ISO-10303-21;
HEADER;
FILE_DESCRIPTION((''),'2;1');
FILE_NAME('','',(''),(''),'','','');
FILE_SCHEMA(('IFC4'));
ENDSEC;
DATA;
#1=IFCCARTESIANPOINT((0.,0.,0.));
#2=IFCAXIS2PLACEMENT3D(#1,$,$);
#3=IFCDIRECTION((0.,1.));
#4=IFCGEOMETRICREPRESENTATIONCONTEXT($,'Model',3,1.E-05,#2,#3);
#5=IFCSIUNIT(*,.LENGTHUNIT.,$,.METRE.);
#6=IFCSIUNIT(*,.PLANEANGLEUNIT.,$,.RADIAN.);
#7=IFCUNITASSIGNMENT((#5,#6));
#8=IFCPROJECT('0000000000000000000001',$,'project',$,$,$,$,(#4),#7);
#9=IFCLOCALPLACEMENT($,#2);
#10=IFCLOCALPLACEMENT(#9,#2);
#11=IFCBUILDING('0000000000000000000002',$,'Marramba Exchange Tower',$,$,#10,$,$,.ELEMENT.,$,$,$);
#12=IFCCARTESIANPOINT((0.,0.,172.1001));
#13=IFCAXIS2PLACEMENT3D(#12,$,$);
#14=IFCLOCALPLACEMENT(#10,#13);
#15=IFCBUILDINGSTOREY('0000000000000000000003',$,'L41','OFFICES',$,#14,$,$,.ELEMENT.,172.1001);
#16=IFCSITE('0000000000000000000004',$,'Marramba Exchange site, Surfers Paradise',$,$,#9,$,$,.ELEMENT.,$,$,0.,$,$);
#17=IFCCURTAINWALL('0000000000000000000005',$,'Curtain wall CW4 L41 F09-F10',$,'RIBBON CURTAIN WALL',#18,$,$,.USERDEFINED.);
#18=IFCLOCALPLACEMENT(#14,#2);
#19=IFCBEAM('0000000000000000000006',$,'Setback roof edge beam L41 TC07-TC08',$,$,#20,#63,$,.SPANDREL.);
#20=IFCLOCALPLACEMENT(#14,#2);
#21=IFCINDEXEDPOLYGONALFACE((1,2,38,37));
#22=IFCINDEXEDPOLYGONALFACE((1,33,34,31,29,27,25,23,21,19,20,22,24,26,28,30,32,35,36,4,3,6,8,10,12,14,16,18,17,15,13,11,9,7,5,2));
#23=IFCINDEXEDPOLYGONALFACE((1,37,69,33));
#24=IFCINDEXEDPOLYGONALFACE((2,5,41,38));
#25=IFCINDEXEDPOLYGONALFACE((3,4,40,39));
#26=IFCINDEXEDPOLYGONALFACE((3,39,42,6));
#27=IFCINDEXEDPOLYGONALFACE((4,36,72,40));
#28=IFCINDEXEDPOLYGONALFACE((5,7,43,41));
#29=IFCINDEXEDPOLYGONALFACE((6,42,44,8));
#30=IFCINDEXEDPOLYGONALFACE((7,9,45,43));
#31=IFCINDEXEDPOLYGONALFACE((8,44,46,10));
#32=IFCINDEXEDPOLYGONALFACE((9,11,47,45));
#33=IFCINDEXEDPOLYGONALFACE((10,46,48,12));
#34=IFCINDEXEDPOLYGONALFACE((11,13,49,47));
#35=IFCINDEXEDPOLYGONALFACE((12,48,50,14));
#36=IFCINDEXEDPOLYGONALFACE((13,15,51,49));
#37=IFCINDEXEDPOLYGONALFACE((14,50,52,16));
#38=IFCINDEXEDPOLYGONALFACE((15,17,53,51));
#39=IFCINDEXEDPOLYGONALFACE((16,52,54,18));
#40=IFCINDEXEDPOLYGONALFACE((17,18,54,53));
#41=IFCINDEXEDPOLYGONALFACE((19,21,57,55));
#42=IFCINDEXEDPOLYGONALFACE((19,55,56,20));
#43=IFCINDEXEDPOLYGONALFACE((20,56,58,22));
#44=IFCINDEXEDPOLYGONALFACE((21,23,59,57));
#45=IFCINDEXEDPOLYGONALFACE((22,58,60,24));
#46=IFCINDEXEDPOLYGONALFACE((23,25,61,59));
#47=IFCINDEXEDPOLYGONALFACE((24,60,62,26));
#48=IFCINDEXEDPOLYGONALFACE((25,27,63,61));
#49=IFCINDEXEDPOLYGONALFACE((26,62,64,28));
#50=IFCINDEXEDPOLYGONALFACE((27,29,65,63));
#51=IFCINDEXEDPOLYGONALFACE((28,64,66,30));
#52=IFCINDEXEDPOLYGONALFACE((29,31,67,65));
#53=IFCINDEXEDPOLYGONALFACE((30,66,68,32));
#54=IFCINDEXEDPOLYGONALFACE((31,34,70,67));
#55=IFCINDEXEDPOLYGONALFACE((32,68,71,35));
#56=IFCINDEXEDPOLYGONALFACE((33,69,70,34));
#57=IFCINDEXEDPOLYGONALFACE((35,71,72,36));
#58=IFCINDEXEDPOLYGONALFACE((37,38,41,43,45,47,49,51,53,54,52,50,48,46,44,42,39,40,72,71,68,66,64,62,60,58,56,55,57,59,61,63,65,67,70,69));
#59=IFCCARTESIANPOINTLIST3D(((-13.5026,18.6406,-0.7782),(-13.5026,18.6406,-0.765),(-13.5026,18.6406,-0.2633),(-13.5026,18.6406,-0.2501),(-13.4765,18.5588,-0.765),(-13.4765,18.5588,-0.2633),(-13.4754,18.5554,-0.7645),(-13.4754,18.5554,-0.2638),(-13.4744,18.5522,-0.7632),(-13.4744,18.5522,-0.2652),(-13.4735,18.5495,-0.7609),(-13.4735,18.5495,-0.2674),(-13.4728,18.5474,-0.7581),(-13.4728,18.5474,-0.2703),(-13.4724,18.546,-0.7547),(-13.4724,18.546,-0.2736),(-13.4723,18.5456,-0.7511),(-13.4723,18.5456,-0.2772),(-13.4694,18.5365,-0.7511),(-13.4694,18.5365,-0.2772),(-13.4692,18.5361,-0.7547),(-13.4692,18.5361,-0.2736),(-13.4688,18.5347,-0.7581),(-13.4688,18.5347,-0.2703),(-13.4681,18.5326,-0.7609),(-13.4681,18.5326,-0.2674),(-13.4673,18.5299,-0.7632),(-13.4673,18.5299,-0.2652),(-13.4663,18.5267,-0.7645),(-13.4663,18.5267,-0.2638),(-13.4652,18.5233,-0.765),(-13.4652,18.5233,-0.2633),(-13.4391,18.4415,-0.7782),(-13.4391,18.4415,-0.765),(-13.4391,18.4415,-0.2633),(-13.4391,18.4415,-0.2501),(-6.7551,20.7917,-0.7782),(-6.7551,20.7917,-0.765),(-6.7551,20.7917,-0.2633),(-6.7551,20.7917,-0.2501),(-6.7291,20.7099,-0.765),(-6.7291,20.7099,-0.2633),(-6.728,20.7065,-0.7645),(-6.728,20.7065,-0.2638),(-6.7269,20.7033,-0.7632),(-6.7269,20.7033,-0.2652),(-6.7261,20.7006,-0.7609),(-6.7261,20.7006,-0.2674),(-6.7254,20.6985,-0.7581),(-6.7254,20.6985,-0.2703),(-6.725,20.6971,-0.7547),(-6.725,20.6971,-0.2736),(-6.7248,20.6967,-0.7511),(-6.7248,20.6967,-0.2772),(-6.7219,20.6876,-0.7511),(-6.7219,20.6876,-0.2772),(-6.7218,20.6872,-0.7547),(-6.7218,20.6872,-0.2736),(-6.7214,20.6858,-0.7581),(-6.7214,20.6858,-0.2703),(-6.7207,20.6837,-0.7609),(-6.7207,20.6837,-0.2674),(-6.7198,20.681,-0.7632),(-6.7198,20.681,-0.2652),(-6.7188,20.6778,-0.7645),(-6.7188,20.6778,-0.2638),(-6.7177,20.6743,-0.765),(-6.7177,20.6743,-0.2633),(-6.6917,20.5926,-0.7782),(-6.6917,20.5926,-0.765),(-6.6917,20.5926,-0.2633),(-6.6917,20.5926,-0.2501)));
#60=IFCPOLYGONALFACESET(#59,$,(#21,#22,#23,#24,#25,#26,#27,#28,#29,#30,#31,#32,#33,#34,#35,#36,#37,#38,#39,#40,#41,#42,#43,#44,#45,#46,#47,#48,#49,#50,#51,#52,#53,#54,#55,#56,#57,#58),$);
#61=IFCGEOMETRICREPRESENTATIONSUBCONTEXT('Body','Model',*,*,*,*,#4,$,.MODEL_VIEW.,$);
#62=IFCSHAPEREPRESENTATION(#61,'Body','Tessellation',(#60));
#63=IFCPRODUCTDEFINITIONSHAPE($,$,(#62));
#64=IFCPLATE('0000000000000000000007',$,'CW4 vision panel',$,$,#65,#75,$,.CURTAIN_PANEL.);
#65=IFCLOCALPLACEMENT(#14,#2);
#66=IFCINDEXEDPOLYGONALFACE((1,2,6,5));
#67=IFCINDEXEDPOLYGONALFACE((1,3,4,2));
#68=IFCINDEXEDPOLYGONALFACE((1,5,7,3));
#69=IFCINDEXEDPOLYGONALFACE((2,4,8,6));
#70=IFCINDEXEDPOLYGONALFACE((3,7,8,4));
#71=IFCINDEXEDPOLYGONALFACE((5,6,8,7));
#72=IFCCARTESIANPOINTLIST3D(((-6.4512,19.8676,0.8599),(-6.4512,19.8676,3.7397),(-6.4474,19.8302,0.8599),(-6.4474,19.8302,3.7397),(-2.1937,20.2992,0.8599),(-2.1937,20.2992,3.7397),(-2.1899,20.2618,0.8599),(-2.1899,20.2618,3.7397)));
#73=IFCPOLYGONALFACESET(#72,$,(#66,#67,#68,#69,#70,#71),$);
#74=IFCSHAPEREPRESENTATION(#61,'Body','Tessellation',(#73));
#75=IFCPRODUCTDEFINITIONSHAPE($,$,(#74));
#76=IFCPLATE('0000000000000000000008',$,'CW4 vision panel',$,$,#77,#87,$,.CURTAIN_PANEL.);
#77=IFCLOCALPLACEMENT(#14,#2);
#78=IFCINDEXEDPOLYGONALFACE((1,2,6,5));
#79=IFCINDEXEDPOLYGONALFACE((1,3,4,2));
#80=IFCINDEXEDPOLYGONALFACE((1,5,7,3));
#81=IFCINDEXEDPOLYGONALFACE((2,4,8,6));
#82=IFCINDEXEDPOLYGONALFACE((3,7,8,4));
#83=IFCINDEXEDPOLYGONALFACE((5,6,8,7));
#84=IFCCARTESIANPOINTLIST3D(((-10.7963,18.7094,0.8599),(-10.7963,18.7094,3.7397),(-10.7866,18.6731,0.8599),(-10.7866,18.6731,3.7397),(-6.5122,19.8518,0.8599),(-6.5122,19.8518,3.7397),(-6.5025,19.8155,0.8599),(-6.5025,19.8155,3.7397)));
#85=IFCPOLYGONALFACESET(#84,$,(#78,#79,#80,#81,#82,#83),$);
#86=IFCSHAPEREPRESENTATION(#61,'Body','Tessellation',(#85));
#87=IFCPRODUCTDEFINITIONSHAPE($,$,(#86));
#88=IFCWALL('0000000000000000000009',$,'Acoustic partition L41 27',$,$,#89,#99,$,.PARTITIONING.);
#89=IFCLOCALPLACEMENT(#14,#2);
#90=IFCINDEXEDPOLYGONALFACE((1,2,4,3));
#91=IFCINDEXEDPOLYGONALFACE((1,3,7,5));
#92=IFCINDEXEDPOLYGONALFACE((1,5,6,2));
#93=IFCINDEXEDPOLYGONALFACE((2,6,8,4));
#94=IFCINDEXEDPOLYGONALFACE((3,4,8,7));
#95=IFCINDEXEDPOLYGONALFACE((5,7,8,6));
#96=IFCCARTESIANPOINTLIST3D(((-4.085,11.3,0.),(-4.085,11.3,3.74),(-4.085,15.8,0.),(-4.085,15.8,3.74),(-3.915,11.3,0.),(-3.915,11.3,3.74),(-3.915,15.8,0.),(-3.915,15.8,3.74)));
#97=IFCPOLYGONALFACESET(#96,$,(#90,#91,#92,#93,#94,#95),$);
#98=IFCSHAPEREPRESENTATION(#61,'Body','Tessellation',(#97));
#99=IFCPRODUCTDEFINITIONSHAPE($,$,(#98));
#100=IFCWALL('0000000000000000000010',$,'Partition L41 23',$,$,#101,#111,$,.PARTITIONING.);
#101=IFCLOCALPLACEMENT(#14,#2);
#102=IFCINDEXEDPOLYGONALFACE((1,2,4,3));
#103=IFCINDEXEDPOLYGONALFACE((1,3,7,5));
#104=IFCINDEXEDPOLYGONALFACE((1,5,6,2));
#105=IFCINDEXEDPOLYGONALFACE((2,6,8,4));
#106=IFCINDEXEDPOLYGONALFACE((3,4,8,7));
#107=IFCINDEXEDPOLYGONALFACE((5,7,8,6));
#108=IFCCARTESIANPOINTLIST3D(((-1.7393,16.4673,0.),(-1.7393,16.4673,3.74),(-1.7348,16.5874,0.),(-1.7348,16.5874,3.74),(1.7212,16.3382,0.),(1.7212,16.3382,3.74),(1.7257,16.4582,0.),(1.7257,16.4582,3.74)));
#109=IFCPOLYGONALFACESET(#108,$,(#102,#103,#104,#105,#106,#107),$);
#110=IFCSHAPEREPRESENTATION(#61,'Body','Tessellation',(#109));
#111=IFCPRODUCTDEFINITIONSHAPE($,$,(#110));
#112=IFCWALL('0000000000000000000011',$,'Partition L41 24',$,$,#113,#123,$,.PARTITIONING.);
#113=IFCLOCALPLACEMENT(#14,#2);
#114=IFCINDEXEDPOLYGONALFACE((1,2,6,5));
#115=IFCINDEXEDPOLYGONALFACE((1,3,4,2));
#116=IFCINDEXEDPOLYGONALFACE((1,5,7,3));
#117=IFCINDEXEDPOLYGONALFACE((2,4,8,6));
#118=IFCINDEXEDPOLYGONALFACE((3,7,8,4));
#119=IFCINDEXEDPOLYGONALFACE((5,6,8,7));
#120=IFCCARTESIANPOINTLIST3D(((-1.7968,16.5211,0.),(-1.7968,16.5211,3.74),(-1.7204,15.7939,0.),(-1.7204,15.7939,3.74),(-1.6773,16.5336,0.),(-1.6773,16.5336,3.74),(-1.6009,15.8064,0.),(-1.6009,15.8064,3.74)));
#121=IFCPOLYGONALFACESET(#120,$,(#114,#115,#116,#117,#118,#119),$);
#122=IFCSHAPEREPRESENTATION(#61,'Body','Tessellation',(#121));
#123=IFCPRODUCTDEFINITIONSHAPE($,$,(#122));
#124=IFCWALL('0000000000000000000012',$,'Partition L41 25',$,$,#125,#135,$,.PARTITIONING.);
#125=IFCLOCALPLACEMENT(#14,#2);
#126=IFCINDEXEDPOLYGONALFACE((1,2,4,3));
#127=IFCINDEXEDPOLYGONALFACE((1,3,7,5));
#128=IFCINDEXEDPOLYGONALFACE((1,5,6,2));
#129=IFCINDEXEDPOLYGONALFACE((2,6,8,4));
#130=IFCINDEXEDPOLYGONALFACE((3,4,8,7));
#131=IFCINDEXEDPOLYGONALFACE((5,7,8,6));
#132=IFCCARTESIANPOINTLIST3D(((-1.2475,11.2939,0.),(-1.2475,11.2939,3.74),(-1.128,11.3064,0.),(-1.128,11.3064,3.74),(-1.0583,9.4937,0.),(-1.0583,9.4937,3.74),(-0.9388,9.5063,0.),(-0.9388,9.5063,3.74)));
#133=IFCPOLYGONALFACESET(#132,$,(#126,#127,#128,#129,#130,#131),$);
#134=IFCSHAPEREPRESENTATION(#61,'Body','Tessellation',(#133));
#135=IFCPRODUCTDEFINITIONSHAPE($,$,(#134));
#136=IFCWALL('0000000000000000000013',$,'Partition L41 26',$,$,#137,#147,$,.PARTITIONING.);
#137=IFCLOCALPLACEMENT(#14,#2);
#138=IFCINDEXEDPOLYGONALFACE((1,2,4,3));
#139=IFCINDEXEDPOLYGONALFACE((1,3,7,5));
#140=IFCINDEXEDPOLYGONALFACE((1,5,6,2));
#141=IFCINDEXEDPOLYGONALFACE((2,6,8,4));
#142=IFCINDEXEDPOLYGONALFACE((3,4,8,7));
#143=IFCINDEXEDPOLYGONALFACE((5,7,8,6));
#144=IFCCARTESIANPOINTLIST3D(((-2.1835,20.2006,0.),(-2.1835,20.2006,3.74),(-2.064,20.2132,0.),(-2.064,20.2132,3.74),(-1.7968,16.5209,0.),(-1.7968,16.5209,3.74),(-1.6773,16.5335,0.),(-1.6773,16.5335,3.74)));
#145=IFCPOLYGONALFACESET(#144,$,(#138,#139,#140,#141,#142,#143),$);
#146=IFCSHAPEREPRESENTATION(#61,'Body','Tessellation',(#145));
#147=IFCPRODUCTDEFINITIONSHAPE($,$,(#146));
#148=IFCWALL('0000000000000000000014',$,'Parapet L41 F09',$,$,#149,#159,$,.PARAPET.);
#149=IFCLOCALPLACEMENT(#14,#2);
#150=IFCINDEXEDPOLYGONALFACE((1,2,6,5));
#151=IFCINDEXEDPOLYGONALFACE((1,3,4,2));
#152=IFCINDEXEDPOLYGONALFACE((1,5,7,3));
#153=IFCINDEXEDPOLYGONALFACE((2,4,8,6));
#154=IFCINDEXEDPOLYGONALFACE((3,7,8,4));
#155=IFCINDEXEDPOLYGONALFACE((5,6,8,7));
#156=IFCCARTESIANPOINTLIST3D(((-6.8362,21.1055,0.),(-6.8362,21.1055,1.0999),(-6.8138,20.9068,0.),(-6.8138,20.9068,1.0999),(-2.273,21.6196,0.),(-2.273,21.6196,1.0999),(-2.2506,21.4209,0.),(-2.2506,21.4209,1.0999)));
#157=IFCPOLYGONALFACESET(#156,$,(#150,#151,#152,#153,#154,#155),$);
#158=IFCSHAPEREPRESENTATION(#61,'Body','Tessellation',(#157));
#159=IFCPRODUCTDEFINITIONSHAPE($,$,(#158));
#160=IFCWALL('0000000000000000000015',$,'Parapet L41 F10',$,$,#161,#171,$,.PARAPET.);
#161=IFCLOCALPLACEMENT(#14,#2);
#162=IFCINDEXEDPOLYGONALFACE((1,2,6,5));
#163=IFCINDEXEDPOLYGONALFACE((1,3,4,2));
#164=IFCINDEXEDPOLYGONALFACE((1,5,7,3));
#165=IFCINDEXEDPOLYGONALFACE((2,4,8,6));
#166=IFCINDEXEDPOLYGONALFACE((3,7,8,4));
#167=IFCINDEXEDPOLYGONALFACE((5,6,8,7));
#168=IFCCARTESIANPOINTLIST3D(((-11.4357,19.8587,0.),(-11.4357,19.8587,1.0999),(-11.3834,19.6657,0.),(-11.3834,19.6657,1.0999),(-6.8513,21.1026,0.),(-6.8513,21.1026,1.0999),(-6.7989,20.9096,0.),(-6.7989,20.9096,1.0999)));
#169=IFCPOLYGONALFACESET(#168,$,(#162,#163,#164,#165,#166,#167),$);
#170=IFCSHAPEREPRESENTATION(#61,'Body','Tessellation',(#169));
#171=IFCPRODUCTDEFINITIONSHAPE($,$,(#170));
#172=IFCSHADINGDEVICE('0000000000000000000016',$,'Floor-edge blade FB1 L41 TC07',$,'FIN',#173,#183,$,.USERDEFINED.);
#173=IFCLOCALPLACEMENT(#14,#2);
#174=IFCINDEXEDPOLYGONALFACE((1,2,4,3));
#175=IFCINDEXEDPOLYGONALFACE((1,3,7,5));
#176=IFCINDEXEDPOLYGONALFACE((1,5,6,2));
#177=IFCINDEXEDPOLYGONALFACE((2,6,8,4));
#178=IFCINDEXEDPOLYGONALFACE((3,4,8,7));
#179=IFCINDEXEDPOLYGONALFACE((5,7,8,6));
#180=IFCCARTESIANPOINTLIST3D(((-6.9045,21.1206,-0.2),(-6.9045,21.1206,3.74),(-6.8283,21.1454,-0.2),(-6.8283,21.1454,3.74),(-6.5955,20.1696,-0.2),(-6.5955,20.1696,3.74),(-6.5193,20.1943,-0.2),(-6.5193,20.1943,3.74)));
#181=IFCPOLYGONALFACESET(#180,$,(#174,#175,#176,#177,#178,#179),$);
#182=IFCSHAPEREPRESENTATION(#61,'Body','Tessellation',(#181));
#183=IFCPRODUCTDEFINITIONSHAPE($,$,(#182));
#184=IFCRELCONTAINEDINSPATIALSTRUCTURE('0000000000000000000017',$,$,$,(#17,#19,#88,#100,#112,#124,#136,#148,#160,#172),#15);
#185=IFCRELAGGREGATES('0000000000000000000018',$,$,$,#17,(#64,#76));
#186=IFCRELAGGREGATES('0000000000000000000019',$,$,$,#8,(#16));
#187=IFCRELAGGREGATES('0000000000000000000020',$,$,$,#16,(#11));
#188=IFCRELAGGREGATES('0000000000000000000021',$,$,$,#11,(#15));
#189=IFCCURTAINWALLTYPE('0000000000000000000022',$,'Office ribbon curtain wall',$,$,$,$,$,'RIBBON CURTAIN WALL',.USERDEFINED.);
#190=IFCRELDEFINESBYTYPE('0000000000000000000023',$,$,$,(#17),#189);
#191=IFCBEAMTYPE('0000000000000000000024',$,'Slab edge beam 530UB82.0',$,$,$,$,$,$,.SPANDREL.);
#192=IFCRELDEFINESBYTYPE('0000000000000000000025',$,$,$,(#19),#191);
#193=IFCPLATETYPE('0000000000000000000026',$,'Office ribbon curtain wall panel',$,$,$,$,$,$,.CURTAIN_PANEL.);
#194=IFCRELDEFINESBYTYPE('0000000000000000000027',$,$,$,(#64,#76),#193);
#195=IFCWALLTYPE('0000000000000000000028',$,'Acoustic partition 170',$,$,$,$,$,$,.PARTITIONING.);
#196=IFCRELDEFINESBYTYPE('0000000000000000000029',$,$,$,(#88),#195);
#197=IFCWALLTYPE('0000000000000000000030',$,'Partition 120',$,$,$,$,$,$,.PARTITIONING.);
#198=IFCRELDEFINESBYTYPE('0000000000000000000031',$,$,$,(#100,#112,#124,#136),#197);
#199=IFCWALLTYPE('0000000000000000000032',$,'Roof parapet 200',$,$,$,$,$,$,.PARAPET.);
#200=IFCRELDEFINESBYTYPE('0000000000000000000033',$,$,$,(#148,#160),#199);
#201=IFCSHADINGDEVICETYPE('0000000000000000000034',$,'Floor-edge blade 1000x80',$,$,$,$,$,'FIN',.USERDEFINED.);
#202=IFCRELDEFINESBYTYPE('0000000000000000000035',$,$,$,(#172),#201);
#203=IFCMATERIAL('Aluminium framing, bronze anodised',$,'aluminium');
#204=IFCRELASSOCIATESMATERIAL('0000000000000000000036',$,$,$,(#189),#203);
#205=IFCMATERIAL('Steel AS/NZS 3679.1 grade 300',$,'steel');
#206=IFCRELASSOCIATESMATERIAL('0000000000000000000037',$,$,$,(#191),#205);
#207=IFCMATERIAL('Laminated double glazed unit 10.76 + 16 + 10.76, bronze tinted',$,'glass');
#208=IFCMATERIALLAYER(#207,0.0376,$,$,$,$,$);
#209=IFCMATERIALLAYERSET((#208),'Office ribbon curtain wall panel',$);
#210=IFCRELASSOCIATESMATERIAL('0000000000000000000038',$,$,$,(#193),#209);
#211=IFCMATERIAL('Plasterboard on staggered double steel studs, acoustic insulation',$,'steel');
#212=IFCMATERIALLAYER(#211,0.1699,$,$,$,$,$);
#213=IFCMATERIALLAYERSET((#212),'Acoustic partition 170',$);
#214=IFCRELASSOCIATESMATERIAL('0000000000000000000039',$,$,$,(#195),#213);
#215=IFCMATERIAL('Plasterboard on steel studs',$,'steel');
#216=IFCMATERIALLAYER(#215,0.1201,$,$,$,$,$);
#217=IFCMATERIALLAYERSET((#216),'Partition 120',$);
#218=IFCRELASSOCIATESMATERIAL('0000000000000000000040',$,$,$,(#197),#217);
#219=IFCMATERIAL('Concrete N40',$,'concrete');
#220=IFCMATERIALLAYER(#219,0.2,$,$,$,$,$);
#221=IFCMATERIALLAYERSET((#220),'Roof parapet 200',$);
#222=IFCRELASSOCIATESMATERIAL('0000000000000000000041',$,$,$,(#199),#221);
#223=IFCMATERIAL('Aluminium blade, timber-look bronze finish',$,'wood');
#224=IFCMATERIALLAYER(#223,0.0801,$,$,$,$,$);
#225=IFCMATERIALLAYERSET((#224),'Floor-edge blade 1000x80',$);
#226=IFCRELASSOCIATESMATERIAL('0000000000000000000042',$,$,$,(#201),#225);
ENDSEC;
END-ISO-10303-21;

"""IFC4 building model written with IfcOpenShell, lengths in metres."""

from ifc_helpers import new_model, si_unit, direction, frame, frame_2d, origin, origin_2d, place, context, subcontext, project, spatial, rectangle, i_section, extrude, material, layer, layer_set, material_profile, profile_set, type_object, element, aggregate, save


model = new_model("IFC4")

# Units and contexts
model_context = context("Model", 3, precision=1e-05, world=origin(), true_north=direction((0.0, 1.0)))
body_context = subcontext(model_context, "Body", "Model", "MODEL_VIEW")
ifc_project = project(units=[si_unit("LENGTHUNIT", "METRE"), si_unit("PLANEANGLEUNIT", "RADIAN")], contexts=[model_context])

# Site, building, storey
site_placement = place(None, origin())
site = spatial("IfcSite", under=ifc_project, at=site_placement, Name="Marramba Exchange site, Surfers Paradise", CompositionType="ELEMENT", RefElevation=0.0)
building_placement = place(site_placement, origin())
building = spatial("IfcBuilding", under=site, at=building_placement, Name="Marramba Exchange Tower", CompositionType="ELEMENT")
storey_placement = place(building_placement, frame((0.0, 0.0, 172.1001)))
storey = spatial("IfcBuildingStorey", under=building, at=storey_placement, Name="L41", Description="OFFICES", CompositionType="ELEMENT", Elevation=172.1001)

# Shared definitions
ifc_material_1 = material(Name="Steel AS/NZS 3679.1 grade 300", Category="steel")

# Curtain wall
ifc_material_2 = material(Name="Aluminium framing, bronze anodised", Category="aluminium")
curtain_wall_type = type_object("IfcCurtainWallType", Name="Office ribbon curtain wall", ElementType="RIBBON CURTAIN WALL", PredefinedType="USERDEFINED", material=ifc_material_2)
curtain_wall_1_placement = place(storey_placement, origin())
curtain_wall_1 = element("IfcCurtainWall", 1, at=curtain_wall_1_placement, inside=storey, type_object=curtain_wall_type, Name="Curtain wall CW4 L41 F09-F10", ObjectType="RIBBON CURTAIN WALL", PredefinedType="USERDEFINED")

# Beam
ifc_material_profile_1 = material_profile(ifc_material_1, i_section(OverallWidth=0.209, OverallDepth=0.5281, WebThickness=0.0095, FlangeThickness=0.0132, FilletRadius=0.0139, at=origin_2d()), Name="530UB82.0")
ifc_profile_set_1 = profile_set([ifc_material_profile_1], Name="Steel AS/NZS 3679.1 grade 300")
beam_type_1 = type_object("IfcBeamType", Name="Slab edge beam 530UB82.0", PredefinedType="SPANDREL", material=ifc_profile_set_1)
beam_1_placement = place(storey_placement, frame((-6.7234, 20.6921, -0.5142), z_axis=(-0.952755, -0.303739, 0.0), x_axis=(0.303739, -0.952755, 0.0)))
element("IfcBeam", 2, at=beam_1_placement, inside=storey, type_object=beam_type_1, Name="Setback roof edge beam L41 TC07-TC08", PredefinedType="SPANDREL", context=body_context, shape_type="SweptSolid", body=[
    extrude(i_section(OverallWidth=0.209, OverallDepth=0.5281, WebThickness=0.0095, FlangeThickness=0.0132, FilletRadius=0.0139, at=origin_2d()), origin(), (0.0, 0.0, 1.0), 7.082),
])

# Plates
ifc_material_3 = material(Name="Laminated double glazed unit 10.76 + 16 + 10.76, bronze tinted", Category="glass")
ifc_layer_1 = layer(ifc_material_3, 0.0376)
ifc_layer_set_1 = layer_set([ifc_layer_1], Name="Office ribbon curtain wall panel")
plate_type = type_object("IfcPlateType", Name="Office ribbon curtain wall panel", PredefinedType="CURTAIN_PANEL", material=ifc_layer_set_1)
plate_1_placement = place(storey_placement, frame((-4.3206, 20.0647, 0.8599), z_axis=(0.0, 0.0, 1.0), x_axis=(-0.9949, -0.100863, 0.0)))
plate_1 = element("IfcPlate", 3, at=plate_1_placement, type_object=plate_type, Name="CW4 vision panel", PredefinedType="CURTAIN_PANEL", context=body_context, shape_type="SweptSolid", body=[
    extrude(rectangle(XDim=4.2793, YDim=0.0376, at=origin_2d()), origin(), (0.0, 0.0, 1.0), 2.8799),
])
plate_2_placement = place(storey_placement, frame((-8.6494, 19.2625, 0.8599), z_axis=(0.0, 0.0, 1.0), x_axis=(-0.966241, -0.257641, 0.0)))
plate_2 = element("IfcPlate", 4, at=plate_2_placement, type_object=plate_type, Name="CW4 vision panel", PredefinedType="CURTAIN_PANEL", context=body_context, shape_type="SweptSolid", body=[
    extrude(rectangle(XDim=4.4338, YDim=0.0376, at=origin_2d()), origin(), (0.0, 0.0, 1.0), 2.8799),
])
aggregate(curtain_wall_1, [plate_1, plate_2])

# Walls
ifc_material_4 = material(Name="Plasterboard on staggered double steel studs, acoustic insulation", Category="steel")
ifc_layer_2 = layer(ifc_material_4, 0.1699)
ifc_layer_set_2 = layer_set([ifc_layer_2], Name="Acoustic partition 170")
wall_type_1 = type_object("IfcWallType", Name="Acoustic partition 170", PredefinedType="PARTITIONING", material=ifc_layer_set_2)
wall_1_placement = place(storey_placement, frame((-4.0, 15.8, 0.0), z_axis=(0.0, 0.0, 1.0), x_axis=(0.0, -1.0, 0.0)))
element("IfcWall", 5, at=wall_1_placement, inside=storey, type_object=wall_type_1, Name="Acoustic partition L41 27", PredefinedType="PARTITIONING", context=body_context, shape_type="SweptSolid", body=[
    extrude(rectangle(XDim=4.5, YDim=0.1699, at=frame_2d((2.25, 0.0))), origin(), (0.0, 0.0, 1.0), 3.74),
])
ifc_material_5 = material(Name="Plasterboard on steel studs", Category="steel")
ifc_layer_3 = layer(ifc_material_5, 0.1201)
ifc_layer_set_3 = layer_set([ifc_layer_3], Name="Partition 120")
wall_type_2 = type_object("IfcWallType", Name="Partition 120", PredefinedType="PARTITIONING", material=ifc_layer_set_3)
wall_2_placement = place(storey_placement, frame((-1.7371, 16.5273, 0.0), z_axis=(0.0, 0.0, 1.0), x_axis=(0.999304, -0.037296, 0.0)))
element("IfcWall", 6, at=wall_2_placement, inside=storey, type_object=wall_type_2, Name="Partition L41 23", PredefinedType="PARTITIONING", context=body_context, shape_type="SweptSolid", body=[
    extrude(rectangle(XDim=3.4629, YDim=0.1201, at=frame_2d((1.7314, 0.0))), origin(), (0.0, 0.0, 1.0), 3.74),
])
wall_3_placement = place(storey_placement, frame((-1.6606, 15.8, 0.0), z_axis=(0.0, 0.0, 1.0), x_axis=(-0.104494, 0.994526, 0.0)))
element("IfcWall", 7, at=wall_3_placement, inside=storey, type_object=wall_type_2, Name="Partition L41 24", PredefinedType="PARTITIONING", context=body_context, shape_type="SweptSolid", body=[
    extrude(rectangle(XDim=0.7312, YDim=0.1201, at=frame_2d((0.3657, 0.0))), origin(), (0.0, 0.0, 1.0), 3.74),
])
wall_4_placement = place(storey_placement, frame((-0.9985, 9.5, 0.0), z_axis=(0.0, 0.0, 1.0), x_axis=(-0.104537, 0.994521, 0.0)))
element("IfcWall", 8, at=wall_4_placement, inside=storey, type_object=wall_type_2, Name="Partition L41 25", PredefinedType="PARTITIONING", context=body_context, shape_type="SweptSolid", body=[
    extrude(rectangle(XDim=1.8101, YDim=0.1201, at=frame_2d((0.905, 0.0))), origin(), (0.0, 0.0, 1.0), 3.74),
])
wall_5_placement = place(storey_placement, frame((-2.1238, 20.207, 0.0), z_axis=(0.0, 0.0, 1.0), x_axis=(0.10452, -0.994523, 0.0)))
element("IfcWall", 9, at=wall_5_placement, inside=storey, type_object=wall_type_2, Name="Partition L41 26", PredefinedType="PARTITIONING", context=body_context, shape_type="SweptSolid", body=[
    extrude(rectangle(XDim=3.7, YDim=0.1201, at=frame_2d((1.8501, 0.0))), origin(), (0.0, 0.0, 1.0), 3.74),
])
ifc_material_6 = material(Name="Concrete N40", Category="concrete")
ifc_layer_4 = layer(ifc_material_6, 0.2)
ifc_layer_set_4 = layer_set([ifc_layer_4], Name="Roof parapet 200")
wall_type_3 = type_object("IfcWallType", Name="Roof parapet 200", PredefinedType="PARAPET", material=ifc_layer_set_4)
wall_6_placement = place(storey_placement, frame((-2.262, 21.5203, 0.0), z_axis=(0.0, 0.0, 1.0), x_axis=(-0.993712, -0.111966, 0.0)))
element("IfcWall", 10, at=wall_6_placement, inside=storey, type_object=wall_type_3, Name="Parapet L41 F09", PredefinedType="PARAPET", context=body_context, shape_type="SweptSolid", body=[
    extrude(rectangle(XDim=4.592, YDim=0.2, at=frame_2d((2.2959, 0.0))), origin(), (0.0, 0.0, 1.0), 1.0999),
])
wall_7_placement = place(storey_placement, frame((-6.8252, 21.0061, 0.0), z_axis=(0.0, 0.0, 1.0), x_axis=(-0.965106, -0.26186, 0.0)))
element("IfcWall", 11, at=wall_7_placement, inside=storey, type_object=wall_type_3, Name="Parapet L41 F10", PredefinedType="PARAPET", context=body_context, shape_type="SweptSolid", body=[
    extrude(rectangle(XDim=4.7502, YDim=0.2, at=frame_2d((2.375, 0.0))), origin(), (0.0, 0.0, 1.0), 1.0999),
])

# Shading device
ifc_material_7 = material(Name="Aluminium blade, timber-look bronze finish", Category="wood")
ifc_layer_5 = layer(ifc_material_7, 0.0801)
ifc_layer_set_5 = layer_set([ifc_layer_5], Name="Floor-edge blade 1000x80")
shading_device_type_1 = type_object("IfcShadingDeviceType", Name="Floor-edge blade 1000x80", ElementType="FIN", PredefinedType="USERDEFINED", material=ifc_layer_set_5)
shading_device_1_placement = place(storey_placement, frame((-6.7119, 20.6575, -0.2), z_axis=(0.0, 0.0, 1.0), x_axis=(-0.309017, 0.951057, 0.0)))
element("IfcShadingDevice", 12, at=shading_device_1_placement, inside=storey, type_object=shading_device_type_1, Name="Floor-edge blade FB1 L41 TC07", ObjectType="FIN", PredefinedType="USERDEFINED", context=body_context, shape_type="SweptSolid", body=[
    extrude(rectangle(XDim=1.0, YDim=0.0801, at=origin_2d()), origin(), (0.0, 0.0, 1.0), 3.9399),
])

save(model, "model.ifc")
